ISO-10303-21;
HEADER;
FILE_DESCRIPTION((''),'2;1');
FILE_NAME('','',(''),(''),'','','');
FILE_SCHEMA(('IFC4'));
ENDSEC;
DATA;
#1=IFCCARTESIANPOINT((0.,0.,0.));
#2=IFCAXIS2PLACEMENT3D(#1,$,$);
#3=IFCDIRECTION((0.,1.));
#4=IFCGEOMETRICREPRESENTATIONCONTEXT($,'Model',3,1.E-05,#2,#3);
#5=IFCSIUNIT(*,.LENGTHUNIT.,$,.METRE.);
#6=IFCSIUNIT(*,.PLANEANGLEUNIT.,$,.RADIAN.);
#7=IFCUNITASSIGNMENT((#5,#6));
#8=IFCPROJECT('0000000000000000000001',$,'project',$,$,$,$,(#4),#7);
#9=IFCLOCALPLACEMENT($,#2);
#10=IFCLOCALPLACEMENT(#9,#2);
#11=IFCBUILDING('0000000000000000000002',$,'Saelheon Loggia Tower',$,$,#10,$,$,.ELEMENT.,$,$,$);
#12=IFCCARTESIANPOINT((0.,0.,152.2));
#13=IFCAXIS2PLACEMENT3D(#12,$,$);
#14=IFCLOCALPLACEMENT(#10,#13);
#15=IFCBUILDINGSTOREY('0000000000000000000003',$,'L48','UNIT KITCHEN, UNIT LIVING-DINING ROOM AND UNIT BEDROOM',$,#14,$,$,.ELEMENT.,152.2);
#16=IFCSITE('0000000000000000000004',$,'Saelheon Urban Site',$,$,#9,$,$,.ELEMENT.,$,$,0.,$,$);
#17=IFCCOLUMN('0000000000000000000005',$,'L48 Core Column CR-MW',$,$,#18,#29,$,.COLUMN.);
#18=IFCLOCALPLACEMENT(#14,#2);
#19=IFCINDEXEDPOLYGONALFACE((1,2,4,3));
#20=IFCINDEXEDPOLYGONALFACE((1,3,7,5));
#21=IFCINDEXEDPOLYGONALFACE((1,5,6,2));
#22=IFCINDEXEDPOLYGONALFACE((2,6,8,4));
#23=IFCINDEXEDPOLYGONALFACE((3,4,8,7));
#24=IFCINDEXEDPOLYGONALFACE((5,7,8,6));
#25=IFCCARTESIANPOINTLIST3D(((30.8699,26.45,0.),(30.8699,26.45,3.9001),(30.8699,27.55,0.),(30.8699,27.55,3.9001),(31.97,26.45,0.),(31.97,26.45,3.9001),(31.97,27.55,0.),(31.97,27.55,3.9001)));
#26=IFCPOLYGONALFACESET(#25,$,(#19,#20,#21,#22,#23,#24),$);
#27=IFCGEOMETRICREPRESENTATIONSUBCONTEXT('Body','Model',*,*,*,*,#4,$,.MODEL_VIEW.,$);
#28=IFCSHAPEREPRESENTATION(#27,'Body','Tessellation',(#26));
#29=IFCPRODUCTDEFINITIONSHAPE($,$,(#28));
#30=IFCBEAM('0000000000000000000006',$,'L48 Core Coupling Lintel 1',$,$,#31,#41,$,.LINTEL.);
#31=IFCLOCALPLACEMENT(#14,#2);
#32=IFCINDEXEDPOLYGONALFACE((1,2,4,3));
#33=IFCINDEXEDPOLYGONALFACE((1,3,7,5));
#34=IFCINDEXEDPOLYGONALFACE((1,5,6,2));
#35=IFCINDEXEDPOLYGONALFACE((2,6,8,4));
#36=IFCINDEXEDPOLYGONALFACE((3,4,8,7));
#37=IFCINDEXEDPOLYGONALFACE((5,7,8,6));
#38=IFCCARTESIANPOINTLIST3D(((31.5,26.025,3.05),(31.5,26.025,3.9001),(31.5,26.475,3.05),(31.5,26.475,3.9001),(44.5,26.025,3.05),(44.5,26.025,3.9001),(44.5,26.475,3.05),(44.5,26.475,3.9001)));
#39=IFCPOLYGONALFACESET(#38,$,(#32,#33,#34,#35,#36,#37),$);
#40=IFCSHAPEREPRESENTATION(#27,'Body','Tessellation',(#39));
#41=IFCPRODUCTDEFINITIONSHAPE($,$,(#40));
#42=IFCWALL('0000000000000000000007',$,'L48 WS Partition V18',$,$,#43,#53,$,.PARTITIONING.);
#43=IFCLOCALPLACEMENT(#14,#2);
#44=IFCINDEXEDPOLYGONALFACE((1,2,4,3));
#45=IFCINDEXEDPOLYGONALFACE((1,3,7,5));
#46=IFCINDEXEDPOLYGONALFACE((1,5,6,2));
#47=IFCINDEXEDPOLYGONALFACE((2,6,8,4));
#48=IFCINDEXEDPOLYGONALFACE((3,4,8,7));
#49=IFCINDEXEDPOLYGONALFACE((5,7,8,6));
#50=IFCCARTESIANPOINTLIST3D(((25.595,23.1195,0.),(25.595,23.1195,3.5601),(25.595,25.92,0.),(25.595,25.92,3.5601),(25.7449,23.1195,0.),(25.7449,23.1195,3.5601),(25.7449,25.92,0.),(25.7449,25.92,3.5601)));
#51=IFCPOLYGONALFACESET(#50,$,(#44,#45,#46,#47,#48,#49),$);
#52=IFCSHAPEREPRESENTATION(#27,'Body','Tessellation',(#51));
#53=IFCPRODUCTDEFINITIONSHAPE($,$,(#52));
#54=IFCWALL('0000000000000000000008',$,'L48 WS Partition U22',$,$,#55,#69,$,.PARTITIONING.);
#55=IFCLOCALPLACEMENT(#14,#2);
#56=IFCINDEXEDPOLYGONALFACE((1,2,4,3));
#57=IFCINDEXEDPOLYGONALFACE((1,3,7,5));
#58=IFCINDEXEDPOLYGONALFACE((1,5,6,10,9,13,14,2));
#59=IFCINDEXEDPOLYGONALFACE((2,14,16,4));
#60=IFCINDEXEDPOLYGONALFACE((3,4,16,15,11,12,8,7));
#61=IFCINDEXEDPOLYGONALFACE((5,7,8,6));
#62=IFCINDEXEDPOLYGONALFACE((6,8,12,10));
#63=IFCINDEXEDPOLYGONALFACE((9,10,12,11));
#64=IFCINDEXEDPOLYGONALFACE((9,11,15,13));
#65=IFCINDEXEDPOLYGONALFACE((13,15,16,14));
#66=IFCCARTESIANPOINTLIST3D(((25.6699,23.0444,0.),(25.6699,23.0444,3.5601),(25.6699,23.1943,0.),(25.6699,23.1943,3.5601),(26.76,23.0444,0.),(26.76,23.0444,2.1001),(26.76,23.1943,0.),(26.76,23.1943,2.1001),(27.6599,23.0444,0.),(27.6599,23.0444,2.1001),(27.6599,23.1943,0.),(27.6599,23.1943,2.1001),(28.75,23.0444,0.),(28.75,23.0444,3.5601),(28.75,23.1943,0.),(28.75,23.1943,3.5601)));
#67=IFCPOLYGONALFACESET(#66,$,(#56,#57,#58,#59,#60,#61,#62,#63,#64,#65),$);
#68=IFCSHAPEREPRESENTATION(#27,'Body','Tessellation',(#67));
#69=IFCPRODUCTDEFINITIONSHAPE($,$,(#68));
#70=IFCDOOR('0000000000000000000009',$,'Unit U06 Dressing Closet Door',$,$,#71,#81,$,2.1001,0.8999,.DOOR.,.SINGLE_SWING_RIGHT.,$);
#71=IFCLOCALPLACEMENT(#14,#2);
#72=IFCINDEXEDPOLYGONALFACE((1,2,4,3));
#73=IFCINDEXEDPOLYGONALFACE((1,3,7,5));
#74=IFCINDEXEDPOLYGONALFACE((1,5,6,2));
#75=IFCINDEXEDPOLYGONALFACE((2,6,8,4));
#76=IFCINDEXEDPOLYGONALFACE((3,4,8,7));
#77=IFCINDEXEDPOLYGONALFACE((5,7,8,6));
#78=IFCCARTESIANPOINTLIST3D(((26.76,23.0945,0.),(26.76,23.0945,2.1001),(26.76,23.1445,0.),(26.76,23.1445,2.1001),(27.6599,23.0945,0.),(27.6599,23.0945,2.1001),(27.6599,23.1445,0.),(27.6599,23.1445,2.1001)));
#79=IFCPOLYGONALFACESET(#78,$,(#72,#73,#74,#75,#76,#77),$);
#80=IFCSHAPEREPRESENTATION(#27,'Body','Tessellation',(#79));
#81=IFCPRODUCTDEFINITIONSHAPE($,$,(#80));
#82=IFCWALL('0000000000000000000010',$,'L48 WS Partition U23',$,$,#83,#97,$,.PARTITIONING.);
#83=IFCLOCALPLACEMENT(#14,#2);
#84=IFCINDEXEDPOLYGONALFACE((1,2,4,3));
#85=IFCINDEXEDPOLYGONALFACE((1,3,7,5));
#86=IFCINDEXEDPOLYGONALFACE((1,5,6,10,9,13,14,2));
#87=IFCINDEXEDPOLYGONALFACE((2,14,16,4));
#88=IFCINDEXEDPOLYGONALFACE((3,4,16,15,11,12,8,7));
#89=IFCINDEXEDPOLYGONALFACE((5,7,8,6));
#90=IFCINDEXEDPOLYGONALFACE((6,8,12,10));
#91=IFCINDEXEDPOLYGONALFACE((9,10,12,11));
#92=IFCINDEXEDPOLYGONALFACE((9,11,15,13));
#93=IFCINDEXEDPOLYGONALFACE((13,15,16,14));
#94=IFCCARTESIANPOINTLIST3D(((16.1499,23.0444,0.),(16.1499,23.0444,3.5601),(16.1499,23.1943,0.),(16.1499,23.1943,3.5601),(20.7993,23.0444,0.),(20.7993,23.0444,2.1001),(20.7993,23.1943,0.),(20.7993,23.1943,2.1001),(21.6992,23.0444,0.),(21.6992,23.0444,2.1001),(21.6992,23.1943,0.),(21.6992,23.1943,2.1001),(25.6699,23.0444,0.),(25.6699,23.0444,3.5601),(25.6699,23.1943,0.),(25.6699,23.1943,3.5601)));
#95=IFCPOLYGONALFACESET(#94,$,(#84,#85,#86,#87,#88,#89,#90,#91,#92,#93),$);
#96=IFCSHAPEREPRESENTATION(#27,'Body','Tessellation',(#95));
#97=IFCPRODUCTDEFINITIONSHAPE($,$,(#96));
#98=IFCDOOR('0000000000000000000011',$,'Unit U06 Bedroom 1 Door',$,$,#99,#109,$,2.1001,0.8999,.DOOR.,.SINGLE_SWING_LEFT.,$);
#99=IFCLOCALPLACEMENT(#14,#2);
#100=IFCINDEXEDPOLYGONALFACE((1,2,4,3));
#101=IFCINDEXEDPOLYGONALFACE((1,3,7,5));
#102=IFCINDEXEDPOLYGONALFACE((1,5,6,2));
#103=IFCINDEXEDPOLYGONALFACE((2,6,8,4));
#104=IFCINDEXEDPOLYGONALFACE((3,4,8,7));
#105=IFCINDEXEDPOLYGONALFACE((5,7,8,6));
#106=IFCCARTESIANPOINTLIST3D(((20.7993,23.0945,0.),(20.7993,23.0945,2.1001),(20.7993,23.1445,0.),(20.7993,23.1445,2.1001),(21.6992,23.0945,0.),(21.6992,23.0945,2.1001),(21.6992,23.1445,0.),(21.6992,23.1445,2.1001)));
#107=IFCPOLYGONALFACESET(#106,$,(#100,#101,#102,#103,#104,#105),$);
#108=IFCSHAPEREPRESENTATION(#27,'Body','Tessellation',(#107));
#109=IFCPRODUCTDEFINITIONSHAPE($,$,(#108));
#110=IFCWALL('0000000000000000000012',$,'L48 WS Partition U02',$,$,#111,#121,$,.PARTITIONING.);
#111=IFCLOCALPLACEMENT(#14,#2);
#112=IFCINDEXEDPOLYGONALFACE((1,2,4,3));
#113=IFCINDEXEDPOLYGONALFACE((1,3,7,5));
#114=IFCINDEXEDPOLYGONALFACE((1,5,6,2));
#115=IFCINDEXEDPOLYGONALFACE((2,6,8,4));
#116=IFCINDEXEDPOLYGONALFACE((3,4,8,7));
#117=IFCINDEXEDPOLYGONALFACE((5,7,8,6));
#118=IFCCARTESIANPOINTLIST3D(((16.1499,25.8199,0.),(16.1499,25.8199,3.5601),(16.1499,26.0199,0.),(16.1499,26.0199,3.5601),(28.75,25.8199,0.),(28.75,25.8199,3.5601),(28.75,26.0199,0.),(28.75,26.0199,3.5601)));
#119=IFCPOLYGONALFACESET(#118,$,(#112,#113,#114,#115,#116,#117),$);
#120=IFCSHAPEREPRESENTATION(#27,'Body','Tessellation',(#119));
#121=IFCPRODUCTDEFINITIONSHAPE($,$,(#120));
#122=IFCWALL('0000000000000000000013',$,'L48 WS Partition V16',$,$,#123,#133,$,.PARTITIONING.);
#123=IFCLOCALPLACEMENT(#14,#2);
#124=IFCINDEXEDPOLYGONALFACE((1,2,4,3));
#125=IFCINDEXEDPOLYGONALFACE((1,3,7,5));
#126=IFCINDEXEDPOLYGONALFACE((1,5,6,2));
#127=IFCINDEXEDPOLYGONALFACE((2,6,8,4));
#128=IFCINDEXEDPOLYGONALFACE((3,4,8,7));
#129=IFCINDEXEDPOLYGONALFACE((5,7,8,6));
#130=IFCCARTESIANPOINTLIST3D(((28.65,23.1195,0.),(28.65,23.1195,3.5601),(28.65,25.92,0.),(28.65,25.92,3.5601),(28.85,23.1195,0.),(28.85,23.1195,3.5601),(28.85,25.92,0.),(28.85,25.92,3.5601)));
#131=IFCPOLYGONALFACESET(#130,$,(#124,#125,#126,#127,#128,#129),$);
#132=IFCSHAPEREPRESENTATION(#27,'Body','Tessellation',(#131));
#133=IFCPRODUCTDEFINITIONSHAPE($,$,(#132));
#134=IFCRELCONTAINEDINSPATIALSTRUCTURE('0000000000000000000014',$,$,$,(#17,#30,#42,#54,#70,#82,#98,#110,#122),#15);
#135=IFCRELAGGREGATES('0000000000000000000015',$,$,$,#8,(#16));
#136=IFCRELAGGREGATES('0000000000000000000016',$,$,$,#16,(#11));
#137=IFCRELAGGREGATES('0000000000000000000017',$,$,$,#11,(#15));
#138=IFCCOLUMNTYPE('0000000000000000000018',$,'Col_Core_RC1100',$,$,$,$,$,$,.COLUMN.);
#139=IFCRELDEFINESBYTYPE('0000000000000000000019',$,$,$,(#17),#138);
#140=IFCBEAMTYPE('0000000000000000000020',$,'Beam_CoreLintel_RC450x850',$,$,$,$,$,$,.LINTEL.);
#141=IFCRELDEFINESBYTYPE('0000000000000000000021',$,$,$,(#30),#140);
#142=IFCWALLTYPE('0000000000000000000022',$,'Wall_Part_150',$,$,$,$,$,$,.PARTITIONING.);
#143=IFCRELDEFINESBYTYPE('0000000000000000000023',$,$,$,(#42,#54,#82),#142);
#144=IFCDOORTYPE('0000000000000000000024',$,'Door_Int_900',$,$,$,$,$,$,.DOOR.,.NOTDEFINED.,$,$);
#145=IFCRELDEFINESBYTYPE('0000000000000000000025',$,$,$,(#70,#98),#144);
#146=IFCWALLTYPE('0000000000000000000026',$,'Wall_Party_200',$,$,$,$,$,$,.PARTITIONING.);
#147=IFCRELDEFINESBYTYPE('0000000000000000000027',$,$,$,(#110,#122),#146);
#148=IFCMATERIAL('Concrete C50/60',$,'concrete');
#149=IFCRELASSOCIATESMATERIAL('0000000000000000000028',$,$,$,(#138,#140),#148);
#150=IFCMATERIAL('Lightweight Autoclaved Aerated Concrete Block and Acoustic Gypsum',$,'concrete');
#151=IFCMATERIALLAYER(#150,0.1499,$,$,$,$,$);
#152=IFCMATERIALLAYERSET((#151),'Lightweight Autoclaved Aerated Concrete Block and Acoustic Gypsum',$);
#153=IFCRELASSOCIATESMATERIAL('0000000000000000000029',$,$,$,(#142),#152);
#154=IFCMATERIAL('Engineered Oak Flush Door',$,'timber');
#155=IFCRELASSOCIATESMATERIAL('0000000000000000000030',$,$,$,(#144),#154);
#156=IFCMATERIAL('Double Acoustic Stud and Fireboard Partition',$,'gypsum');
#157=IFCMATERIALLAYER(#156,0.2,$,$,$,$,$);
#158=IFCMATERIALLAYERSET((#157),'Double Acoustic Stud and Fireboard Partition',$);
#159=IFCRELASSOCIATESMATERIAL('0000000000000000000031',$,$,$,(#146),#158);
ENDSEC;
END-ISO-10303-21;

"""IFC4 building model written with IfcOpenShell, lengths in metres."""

from ifc_helpers import new_model, si_unit, direction, frame, frame_2d, origin, origin_2d, place, context, subcontext, project, spatial, rectangle, extrude, source, transform, mapped, material, layer, layer_set, material_profile, profile_set, type_object, element, fill, save


model = new_model("IFC4")

# Units and contexts
model_context = context("Model", 3, precision=1e-05, world=origin(), true_north=direction((0.0, 1.0)))
body_context = subcontext(model_context, "Body", "Model", "MODEL_VIEW")
ifc_project = project(units=[si_unit("LENGTHUNIT", "METRE"), si_unit("PLANEANGLEUNIT", "RADIAN")], contexts=[model_context])

# Site, building, storey
site_placement = place(None, origin())
site = spatial("IfcSite", under=ifc_project, at=site_placement, Name="Saelheon Urban Site", CompositionType="ELEMENT", RefElevation=0.0)
building_placement = place(site_placement, origin())
building = spatial("IfcBuilding", under=site, at=building_placement, Name="Saelheon Loggia Tower", CompositionType="ELEMENT")
storey_placement = place(building_placement, frame((0.0, 0.0, 152.2)))
storey = spatial("IfcBuildingStorey", under=building, at=storey_placement, Name="L48", Description="UNIT KITCHEN, UNIT LIVING-DINING ROOM AND UNIT BEDROOM", CompositionType="ELEMENT", Elevation=152.2)

# Column
ifc_material_1 = material(Name="Concrete C50/60", Category="concrete")
ifc_material_profile_1 = material_profile(ifc_material_1, rectangle(XDim=1.1001, YDim=1.1001, at=origin_2d()), Name="RC-1100x1100")
ifc_profile_set_1 = profile_set([ifc_material_profile_1], Name="Concrete C50/60")
column_type = type_object("IfcColumnType", Name="Col_Core_RC1100", PredefinedType="COLUMN", material=ifc_profile_set_1)
shared_shape_1 = source(origin(), body_context, "Body", "SweptSolid", [
    extrude(rectangle(XDim=1.1001, YDim=1.1001, at=origin_2d()), origin(), (0.0, 0.0, 1.0), 3.9001),
])
column_placement = place(storey_placement, frame((31.4199, 27.0, 0.0), z_axis=(0.0, 0.0, 1.0), x_axis=(1.0, 0.0, 0.0)))
element("IfcColumn", 1, at=column_placement, inside=storey, type_object=column_type, Name="L48 Core Column CR-MW", PredefinedType="COLUMN", context=body_context, shape_type="MappedRepresentation", body=[
    mapped(shared_shape_1, transform((0.0, 0.0, 0.0), scale=1.0)),
])

# Beam
ifc_material_profile_2 = material_profile(ifc_material_1, rectangle(XDim=0.45, YDim=0.8501, at=origin_2d()), Name="RC-450x850")
ifc_profile_set_2 = profile_set([ifc_material_profile_2], Name="Concrete C50/60")
beam_type = type_object("IfcBeamType", Name="Beam_CoreLintel_RC450x850", PredefinedType="LINTEL", material=ifc_profile_set_2)
shared_shape_2 = source(origin(), body_context, "Body", "SweptSolid", [
    extrude(rectangle(XDim=0.45, YDim=0.8501, at=origin_2d()), origin(), (0.0, 0.0, 1.0), 13.0),
])
beam_placement = place(storey_placement, frame((31.5, 26.25, 3.4751), z_axis=(1.0, 0.0, 0.0), x_axis=(0.0, 1.0, 0.0)))
element("IfcBeam", 2, at=beam_placement, inside=storey, type_object=beam_type, Name="L48 Core Coupling Lintel 1", PredefinedType="LINTEL", context=body_context, shape_type="MappedRepresentation", body=[
    mapped(shared_shape_2, transform((0.0, 0.0, 0.0), scale=1.0)),
])

# Wall
ifc_material_2 = material(Name="Lightweight Autoclaved Aerated Concrete Block and Acoustic Gypsum", Category="concrete")
ifc_layer_1 = layer(ifc_material_2, 0.1499)
ifc_layer_set_1 = layer_set([ifc_layer_1], Name="Lightweight Autoclaved Aerated Concrete Block and Acoustic Gypsum")
wall_type_1 = type_object("IfcWallType", Name="Wall_Part_150", PredefinedType="PARTITIONING", material=ifc_layer_set_1)
wall_1_placement = place(storey_placement, frame((25.6699, 23.1194, 0.0), z_axis=(0.0, 0.0, 1.0), x_axis=(0.0, 1.0, 0.0)))
element("IfcWall", 3, at=wall_1_placement, inside=storey, type_object=wall_type_1, Name="L48 WS Partition V18", PredefinedType="PARTITIONING", context=body_context, shape_type="SweptSolid", body=[
    extrude(rectangle(XDim=2.8005, YDim=0.1499, at=frame_2d((1.4004, 0.0))), origin(), (0.0, 0.0, 1.0), 3.5601),
])

# Walls, openings, doors
wall_2_placement = place(storey_placement, frame((28.75, 23.1194, 0.0), z_axis=(0.0, 0.0, 1.0), x_axis=(-1.0, 0.0, 0.0)))
wall_2 = element("IfcWall", 4, at=wall_2_placement, inside=storey, type_object=wall_type_1, Name="L48 WS Partition U22", PredefinedType="PARTITIONING", context=body_context, shape_type="SweptSolid", body=[
    extrude(rectangle(XDim=3.0801, YDim=0.1499, at=frame_2d((1.54, 0.0))), origin(), (0.0, 0.0, 1.0), 3.5601),
])
opening_1_placement = place(wall_2_placement, frame((1.0901, 0.0, 0.0)))
opening_1 = element("IfcOpeningElement", 5, at=opening_1_placement, cuts=wall_2, PredefinedType="OPENING", context=body_context, shape_type="SweptSolid", body=[
    extrude(rectangle(XDim=0.8999, YDim=2.1001, at=frame_2d((0.45, 1.05))), frame((0.0, 0.0869, 0.0), z_axis=(0.0, -1.0, 0.0), x_axis=(1.0, 0.0, 0.0)), (0.0, 0.0, 1.0), 0.1738),
])
ifc_material_3 = material(Name="Engineered Oak Flush Door", Category="timber")
door_type_1 = type_object("IfcDoorType", Name="Door_Int_900", OperationType="NOTDEFINED", PredefinedType="DOOR", material=ifc_material_3)
shared_shape_3 = source(origin(), body_context, "Body", "SweptSolid", [
    extrude(rectangle(XDim=0.8999, YDim=2.1001, at=frame_2d((0.45, 1.05))), frame((0.0, 0.0249, 0.0), z_axis=(0.0, -1.0, 0.0), x_axis=(1.0, 0.0, 0.0)), (0.0, 0.0, 1.0), 0.05),
])
door_1_placement = place(opening_1_placement, origin())
door_1 = element("IfcDoor", 6, at=door_1_placement, inside=storey, type_object=door_type_1, Name="Unit U06 Dressing Closet Door", OperationType="SINGLE_SWING_RIGHT", OverallHeight=2.1001, OverallWidth=0.8999, PredefinedType="DOOR", context=body_context, shape_type="MappedRepresentation", body=[
    mapped(shared_shape_3, transform((0.0, 0.0, 0.0), scale=1.0)),
])
fill(opening_1, door_1)
wall_3_placement = place(storey_placement, frame((25.6699, 23.1194, 0.0), z_axis=(0.0, 0.0, 1.0), x_axis=(-1.0, 0.0, 0.0)))
wall_3 = element("IfcWall", 7, at=wall_3_placement, inside=storey, type_object=wall_type_1, Name="L48 WS Partition U23", PredefinedType="PARTITIONING", context=body_context, shape_type="SweptSolid", body=[
    extrude(rectangle(XDim=9.52, YDim=0.1499, at=frame_2d((4.76, 0.0))), origin(), (0.0, 0.0, 1.0), 3.5601),
])
opening_2_placement = place(wall_3_placement, frame((3.9707, 0.0, 0.0)))
opening_2 = element("IfcOpeningElement", 8, at=opening_2_placement, cuts=wall_3, PredefinedType="OPENING", context=body_context, shape_type="SweptSolid", body=[
    extrude(rectangle(XDim=0.8999, YDim=2.1001, at=frame_2d((0.45, 1.05))), frame((0.0, 0.0869, 0.0), z_axis=(0.0, -1.0, 0.0), x_axis=(1.0, 0.0, 0.0)), (0.0, 0.0, 1.0), 0.1738),
])
door_2_placement = place(opening_2_placement, origin())
door_2 = element("IfcDoor", 9, at=door_2_placement, inside=storey, type_object=door_type_1, Name="Unit U06 Bedroom 1 Door", OperationType="SINGLE_SWING_LEFT", OverallHeight=2.1001, OverallWidth=0.8999, PredefinedType="DOOR", context=body_context, shape_type="MappedRepresentation", body=[
    mapped(shared_shape_3, transform((0.0, 0.0, 0.0), scale=1.0)),
])
fill(opening_2, door_2)

# Walls
ifc_material_4 = material(Name="Double Acoustic Stud and Fireboard Partition", Category="gypsum")
ifc_layer_2 = layer(ifc_material_4, 0.2)
ifc_layer_set_2 = layer_set([ifc_layer_2], Name="Double Acoustic Stud and Fireboard Partition")
wall_type_2 = type_object("IfcWallType", Name="Wall_Party_200", PredefinedType="PARTITIONING", material=ifc_layer_set_2)
wall_4_placement = place(storey_placement, frame((28.75, 25.9199, 0.0), z_axis=(0.0, 0.0, 1.0), x_axis=(-1.0, 0.0, 0.0)))
element("IfcWall", 10, at=wall_4_placement, inside=storey, type_object=wall_type_2, Name="L48 WS Partition U02", PredefinedType="PARTITIONING", context=body_context, shape_type="SweptSolid", body=[
    extrude(rectangle(XDim=12.6001, YDim=0.2, at=frame_2d((6.3, 0.0))), origin(), (0.0, 0.0, 1.0), 3.5601),
])
wall_5_placement = place(storey_placement, frame((28.75, 23.1194, 0.0), z_axis=(0.0, 0.0, 1.0), x_axis=(0.0, 1.0, 0.0)))
element("IfcWall", 11, at=wall_5_placement, inside=storey, type_object=wall_type_2, Name="L48 WS Partition V16", PredefinedType="PARTITIONING", context=body_context, shape_type="SweptSolid", body=[
    extrude(rectangle(XDim=2.8005, YDim=0.2, at=frame_2d((1.4004, 0.0))), origin(), (0.0, 0.0, 1.0), 3.5601),
])

save(model, "model.ifc")
